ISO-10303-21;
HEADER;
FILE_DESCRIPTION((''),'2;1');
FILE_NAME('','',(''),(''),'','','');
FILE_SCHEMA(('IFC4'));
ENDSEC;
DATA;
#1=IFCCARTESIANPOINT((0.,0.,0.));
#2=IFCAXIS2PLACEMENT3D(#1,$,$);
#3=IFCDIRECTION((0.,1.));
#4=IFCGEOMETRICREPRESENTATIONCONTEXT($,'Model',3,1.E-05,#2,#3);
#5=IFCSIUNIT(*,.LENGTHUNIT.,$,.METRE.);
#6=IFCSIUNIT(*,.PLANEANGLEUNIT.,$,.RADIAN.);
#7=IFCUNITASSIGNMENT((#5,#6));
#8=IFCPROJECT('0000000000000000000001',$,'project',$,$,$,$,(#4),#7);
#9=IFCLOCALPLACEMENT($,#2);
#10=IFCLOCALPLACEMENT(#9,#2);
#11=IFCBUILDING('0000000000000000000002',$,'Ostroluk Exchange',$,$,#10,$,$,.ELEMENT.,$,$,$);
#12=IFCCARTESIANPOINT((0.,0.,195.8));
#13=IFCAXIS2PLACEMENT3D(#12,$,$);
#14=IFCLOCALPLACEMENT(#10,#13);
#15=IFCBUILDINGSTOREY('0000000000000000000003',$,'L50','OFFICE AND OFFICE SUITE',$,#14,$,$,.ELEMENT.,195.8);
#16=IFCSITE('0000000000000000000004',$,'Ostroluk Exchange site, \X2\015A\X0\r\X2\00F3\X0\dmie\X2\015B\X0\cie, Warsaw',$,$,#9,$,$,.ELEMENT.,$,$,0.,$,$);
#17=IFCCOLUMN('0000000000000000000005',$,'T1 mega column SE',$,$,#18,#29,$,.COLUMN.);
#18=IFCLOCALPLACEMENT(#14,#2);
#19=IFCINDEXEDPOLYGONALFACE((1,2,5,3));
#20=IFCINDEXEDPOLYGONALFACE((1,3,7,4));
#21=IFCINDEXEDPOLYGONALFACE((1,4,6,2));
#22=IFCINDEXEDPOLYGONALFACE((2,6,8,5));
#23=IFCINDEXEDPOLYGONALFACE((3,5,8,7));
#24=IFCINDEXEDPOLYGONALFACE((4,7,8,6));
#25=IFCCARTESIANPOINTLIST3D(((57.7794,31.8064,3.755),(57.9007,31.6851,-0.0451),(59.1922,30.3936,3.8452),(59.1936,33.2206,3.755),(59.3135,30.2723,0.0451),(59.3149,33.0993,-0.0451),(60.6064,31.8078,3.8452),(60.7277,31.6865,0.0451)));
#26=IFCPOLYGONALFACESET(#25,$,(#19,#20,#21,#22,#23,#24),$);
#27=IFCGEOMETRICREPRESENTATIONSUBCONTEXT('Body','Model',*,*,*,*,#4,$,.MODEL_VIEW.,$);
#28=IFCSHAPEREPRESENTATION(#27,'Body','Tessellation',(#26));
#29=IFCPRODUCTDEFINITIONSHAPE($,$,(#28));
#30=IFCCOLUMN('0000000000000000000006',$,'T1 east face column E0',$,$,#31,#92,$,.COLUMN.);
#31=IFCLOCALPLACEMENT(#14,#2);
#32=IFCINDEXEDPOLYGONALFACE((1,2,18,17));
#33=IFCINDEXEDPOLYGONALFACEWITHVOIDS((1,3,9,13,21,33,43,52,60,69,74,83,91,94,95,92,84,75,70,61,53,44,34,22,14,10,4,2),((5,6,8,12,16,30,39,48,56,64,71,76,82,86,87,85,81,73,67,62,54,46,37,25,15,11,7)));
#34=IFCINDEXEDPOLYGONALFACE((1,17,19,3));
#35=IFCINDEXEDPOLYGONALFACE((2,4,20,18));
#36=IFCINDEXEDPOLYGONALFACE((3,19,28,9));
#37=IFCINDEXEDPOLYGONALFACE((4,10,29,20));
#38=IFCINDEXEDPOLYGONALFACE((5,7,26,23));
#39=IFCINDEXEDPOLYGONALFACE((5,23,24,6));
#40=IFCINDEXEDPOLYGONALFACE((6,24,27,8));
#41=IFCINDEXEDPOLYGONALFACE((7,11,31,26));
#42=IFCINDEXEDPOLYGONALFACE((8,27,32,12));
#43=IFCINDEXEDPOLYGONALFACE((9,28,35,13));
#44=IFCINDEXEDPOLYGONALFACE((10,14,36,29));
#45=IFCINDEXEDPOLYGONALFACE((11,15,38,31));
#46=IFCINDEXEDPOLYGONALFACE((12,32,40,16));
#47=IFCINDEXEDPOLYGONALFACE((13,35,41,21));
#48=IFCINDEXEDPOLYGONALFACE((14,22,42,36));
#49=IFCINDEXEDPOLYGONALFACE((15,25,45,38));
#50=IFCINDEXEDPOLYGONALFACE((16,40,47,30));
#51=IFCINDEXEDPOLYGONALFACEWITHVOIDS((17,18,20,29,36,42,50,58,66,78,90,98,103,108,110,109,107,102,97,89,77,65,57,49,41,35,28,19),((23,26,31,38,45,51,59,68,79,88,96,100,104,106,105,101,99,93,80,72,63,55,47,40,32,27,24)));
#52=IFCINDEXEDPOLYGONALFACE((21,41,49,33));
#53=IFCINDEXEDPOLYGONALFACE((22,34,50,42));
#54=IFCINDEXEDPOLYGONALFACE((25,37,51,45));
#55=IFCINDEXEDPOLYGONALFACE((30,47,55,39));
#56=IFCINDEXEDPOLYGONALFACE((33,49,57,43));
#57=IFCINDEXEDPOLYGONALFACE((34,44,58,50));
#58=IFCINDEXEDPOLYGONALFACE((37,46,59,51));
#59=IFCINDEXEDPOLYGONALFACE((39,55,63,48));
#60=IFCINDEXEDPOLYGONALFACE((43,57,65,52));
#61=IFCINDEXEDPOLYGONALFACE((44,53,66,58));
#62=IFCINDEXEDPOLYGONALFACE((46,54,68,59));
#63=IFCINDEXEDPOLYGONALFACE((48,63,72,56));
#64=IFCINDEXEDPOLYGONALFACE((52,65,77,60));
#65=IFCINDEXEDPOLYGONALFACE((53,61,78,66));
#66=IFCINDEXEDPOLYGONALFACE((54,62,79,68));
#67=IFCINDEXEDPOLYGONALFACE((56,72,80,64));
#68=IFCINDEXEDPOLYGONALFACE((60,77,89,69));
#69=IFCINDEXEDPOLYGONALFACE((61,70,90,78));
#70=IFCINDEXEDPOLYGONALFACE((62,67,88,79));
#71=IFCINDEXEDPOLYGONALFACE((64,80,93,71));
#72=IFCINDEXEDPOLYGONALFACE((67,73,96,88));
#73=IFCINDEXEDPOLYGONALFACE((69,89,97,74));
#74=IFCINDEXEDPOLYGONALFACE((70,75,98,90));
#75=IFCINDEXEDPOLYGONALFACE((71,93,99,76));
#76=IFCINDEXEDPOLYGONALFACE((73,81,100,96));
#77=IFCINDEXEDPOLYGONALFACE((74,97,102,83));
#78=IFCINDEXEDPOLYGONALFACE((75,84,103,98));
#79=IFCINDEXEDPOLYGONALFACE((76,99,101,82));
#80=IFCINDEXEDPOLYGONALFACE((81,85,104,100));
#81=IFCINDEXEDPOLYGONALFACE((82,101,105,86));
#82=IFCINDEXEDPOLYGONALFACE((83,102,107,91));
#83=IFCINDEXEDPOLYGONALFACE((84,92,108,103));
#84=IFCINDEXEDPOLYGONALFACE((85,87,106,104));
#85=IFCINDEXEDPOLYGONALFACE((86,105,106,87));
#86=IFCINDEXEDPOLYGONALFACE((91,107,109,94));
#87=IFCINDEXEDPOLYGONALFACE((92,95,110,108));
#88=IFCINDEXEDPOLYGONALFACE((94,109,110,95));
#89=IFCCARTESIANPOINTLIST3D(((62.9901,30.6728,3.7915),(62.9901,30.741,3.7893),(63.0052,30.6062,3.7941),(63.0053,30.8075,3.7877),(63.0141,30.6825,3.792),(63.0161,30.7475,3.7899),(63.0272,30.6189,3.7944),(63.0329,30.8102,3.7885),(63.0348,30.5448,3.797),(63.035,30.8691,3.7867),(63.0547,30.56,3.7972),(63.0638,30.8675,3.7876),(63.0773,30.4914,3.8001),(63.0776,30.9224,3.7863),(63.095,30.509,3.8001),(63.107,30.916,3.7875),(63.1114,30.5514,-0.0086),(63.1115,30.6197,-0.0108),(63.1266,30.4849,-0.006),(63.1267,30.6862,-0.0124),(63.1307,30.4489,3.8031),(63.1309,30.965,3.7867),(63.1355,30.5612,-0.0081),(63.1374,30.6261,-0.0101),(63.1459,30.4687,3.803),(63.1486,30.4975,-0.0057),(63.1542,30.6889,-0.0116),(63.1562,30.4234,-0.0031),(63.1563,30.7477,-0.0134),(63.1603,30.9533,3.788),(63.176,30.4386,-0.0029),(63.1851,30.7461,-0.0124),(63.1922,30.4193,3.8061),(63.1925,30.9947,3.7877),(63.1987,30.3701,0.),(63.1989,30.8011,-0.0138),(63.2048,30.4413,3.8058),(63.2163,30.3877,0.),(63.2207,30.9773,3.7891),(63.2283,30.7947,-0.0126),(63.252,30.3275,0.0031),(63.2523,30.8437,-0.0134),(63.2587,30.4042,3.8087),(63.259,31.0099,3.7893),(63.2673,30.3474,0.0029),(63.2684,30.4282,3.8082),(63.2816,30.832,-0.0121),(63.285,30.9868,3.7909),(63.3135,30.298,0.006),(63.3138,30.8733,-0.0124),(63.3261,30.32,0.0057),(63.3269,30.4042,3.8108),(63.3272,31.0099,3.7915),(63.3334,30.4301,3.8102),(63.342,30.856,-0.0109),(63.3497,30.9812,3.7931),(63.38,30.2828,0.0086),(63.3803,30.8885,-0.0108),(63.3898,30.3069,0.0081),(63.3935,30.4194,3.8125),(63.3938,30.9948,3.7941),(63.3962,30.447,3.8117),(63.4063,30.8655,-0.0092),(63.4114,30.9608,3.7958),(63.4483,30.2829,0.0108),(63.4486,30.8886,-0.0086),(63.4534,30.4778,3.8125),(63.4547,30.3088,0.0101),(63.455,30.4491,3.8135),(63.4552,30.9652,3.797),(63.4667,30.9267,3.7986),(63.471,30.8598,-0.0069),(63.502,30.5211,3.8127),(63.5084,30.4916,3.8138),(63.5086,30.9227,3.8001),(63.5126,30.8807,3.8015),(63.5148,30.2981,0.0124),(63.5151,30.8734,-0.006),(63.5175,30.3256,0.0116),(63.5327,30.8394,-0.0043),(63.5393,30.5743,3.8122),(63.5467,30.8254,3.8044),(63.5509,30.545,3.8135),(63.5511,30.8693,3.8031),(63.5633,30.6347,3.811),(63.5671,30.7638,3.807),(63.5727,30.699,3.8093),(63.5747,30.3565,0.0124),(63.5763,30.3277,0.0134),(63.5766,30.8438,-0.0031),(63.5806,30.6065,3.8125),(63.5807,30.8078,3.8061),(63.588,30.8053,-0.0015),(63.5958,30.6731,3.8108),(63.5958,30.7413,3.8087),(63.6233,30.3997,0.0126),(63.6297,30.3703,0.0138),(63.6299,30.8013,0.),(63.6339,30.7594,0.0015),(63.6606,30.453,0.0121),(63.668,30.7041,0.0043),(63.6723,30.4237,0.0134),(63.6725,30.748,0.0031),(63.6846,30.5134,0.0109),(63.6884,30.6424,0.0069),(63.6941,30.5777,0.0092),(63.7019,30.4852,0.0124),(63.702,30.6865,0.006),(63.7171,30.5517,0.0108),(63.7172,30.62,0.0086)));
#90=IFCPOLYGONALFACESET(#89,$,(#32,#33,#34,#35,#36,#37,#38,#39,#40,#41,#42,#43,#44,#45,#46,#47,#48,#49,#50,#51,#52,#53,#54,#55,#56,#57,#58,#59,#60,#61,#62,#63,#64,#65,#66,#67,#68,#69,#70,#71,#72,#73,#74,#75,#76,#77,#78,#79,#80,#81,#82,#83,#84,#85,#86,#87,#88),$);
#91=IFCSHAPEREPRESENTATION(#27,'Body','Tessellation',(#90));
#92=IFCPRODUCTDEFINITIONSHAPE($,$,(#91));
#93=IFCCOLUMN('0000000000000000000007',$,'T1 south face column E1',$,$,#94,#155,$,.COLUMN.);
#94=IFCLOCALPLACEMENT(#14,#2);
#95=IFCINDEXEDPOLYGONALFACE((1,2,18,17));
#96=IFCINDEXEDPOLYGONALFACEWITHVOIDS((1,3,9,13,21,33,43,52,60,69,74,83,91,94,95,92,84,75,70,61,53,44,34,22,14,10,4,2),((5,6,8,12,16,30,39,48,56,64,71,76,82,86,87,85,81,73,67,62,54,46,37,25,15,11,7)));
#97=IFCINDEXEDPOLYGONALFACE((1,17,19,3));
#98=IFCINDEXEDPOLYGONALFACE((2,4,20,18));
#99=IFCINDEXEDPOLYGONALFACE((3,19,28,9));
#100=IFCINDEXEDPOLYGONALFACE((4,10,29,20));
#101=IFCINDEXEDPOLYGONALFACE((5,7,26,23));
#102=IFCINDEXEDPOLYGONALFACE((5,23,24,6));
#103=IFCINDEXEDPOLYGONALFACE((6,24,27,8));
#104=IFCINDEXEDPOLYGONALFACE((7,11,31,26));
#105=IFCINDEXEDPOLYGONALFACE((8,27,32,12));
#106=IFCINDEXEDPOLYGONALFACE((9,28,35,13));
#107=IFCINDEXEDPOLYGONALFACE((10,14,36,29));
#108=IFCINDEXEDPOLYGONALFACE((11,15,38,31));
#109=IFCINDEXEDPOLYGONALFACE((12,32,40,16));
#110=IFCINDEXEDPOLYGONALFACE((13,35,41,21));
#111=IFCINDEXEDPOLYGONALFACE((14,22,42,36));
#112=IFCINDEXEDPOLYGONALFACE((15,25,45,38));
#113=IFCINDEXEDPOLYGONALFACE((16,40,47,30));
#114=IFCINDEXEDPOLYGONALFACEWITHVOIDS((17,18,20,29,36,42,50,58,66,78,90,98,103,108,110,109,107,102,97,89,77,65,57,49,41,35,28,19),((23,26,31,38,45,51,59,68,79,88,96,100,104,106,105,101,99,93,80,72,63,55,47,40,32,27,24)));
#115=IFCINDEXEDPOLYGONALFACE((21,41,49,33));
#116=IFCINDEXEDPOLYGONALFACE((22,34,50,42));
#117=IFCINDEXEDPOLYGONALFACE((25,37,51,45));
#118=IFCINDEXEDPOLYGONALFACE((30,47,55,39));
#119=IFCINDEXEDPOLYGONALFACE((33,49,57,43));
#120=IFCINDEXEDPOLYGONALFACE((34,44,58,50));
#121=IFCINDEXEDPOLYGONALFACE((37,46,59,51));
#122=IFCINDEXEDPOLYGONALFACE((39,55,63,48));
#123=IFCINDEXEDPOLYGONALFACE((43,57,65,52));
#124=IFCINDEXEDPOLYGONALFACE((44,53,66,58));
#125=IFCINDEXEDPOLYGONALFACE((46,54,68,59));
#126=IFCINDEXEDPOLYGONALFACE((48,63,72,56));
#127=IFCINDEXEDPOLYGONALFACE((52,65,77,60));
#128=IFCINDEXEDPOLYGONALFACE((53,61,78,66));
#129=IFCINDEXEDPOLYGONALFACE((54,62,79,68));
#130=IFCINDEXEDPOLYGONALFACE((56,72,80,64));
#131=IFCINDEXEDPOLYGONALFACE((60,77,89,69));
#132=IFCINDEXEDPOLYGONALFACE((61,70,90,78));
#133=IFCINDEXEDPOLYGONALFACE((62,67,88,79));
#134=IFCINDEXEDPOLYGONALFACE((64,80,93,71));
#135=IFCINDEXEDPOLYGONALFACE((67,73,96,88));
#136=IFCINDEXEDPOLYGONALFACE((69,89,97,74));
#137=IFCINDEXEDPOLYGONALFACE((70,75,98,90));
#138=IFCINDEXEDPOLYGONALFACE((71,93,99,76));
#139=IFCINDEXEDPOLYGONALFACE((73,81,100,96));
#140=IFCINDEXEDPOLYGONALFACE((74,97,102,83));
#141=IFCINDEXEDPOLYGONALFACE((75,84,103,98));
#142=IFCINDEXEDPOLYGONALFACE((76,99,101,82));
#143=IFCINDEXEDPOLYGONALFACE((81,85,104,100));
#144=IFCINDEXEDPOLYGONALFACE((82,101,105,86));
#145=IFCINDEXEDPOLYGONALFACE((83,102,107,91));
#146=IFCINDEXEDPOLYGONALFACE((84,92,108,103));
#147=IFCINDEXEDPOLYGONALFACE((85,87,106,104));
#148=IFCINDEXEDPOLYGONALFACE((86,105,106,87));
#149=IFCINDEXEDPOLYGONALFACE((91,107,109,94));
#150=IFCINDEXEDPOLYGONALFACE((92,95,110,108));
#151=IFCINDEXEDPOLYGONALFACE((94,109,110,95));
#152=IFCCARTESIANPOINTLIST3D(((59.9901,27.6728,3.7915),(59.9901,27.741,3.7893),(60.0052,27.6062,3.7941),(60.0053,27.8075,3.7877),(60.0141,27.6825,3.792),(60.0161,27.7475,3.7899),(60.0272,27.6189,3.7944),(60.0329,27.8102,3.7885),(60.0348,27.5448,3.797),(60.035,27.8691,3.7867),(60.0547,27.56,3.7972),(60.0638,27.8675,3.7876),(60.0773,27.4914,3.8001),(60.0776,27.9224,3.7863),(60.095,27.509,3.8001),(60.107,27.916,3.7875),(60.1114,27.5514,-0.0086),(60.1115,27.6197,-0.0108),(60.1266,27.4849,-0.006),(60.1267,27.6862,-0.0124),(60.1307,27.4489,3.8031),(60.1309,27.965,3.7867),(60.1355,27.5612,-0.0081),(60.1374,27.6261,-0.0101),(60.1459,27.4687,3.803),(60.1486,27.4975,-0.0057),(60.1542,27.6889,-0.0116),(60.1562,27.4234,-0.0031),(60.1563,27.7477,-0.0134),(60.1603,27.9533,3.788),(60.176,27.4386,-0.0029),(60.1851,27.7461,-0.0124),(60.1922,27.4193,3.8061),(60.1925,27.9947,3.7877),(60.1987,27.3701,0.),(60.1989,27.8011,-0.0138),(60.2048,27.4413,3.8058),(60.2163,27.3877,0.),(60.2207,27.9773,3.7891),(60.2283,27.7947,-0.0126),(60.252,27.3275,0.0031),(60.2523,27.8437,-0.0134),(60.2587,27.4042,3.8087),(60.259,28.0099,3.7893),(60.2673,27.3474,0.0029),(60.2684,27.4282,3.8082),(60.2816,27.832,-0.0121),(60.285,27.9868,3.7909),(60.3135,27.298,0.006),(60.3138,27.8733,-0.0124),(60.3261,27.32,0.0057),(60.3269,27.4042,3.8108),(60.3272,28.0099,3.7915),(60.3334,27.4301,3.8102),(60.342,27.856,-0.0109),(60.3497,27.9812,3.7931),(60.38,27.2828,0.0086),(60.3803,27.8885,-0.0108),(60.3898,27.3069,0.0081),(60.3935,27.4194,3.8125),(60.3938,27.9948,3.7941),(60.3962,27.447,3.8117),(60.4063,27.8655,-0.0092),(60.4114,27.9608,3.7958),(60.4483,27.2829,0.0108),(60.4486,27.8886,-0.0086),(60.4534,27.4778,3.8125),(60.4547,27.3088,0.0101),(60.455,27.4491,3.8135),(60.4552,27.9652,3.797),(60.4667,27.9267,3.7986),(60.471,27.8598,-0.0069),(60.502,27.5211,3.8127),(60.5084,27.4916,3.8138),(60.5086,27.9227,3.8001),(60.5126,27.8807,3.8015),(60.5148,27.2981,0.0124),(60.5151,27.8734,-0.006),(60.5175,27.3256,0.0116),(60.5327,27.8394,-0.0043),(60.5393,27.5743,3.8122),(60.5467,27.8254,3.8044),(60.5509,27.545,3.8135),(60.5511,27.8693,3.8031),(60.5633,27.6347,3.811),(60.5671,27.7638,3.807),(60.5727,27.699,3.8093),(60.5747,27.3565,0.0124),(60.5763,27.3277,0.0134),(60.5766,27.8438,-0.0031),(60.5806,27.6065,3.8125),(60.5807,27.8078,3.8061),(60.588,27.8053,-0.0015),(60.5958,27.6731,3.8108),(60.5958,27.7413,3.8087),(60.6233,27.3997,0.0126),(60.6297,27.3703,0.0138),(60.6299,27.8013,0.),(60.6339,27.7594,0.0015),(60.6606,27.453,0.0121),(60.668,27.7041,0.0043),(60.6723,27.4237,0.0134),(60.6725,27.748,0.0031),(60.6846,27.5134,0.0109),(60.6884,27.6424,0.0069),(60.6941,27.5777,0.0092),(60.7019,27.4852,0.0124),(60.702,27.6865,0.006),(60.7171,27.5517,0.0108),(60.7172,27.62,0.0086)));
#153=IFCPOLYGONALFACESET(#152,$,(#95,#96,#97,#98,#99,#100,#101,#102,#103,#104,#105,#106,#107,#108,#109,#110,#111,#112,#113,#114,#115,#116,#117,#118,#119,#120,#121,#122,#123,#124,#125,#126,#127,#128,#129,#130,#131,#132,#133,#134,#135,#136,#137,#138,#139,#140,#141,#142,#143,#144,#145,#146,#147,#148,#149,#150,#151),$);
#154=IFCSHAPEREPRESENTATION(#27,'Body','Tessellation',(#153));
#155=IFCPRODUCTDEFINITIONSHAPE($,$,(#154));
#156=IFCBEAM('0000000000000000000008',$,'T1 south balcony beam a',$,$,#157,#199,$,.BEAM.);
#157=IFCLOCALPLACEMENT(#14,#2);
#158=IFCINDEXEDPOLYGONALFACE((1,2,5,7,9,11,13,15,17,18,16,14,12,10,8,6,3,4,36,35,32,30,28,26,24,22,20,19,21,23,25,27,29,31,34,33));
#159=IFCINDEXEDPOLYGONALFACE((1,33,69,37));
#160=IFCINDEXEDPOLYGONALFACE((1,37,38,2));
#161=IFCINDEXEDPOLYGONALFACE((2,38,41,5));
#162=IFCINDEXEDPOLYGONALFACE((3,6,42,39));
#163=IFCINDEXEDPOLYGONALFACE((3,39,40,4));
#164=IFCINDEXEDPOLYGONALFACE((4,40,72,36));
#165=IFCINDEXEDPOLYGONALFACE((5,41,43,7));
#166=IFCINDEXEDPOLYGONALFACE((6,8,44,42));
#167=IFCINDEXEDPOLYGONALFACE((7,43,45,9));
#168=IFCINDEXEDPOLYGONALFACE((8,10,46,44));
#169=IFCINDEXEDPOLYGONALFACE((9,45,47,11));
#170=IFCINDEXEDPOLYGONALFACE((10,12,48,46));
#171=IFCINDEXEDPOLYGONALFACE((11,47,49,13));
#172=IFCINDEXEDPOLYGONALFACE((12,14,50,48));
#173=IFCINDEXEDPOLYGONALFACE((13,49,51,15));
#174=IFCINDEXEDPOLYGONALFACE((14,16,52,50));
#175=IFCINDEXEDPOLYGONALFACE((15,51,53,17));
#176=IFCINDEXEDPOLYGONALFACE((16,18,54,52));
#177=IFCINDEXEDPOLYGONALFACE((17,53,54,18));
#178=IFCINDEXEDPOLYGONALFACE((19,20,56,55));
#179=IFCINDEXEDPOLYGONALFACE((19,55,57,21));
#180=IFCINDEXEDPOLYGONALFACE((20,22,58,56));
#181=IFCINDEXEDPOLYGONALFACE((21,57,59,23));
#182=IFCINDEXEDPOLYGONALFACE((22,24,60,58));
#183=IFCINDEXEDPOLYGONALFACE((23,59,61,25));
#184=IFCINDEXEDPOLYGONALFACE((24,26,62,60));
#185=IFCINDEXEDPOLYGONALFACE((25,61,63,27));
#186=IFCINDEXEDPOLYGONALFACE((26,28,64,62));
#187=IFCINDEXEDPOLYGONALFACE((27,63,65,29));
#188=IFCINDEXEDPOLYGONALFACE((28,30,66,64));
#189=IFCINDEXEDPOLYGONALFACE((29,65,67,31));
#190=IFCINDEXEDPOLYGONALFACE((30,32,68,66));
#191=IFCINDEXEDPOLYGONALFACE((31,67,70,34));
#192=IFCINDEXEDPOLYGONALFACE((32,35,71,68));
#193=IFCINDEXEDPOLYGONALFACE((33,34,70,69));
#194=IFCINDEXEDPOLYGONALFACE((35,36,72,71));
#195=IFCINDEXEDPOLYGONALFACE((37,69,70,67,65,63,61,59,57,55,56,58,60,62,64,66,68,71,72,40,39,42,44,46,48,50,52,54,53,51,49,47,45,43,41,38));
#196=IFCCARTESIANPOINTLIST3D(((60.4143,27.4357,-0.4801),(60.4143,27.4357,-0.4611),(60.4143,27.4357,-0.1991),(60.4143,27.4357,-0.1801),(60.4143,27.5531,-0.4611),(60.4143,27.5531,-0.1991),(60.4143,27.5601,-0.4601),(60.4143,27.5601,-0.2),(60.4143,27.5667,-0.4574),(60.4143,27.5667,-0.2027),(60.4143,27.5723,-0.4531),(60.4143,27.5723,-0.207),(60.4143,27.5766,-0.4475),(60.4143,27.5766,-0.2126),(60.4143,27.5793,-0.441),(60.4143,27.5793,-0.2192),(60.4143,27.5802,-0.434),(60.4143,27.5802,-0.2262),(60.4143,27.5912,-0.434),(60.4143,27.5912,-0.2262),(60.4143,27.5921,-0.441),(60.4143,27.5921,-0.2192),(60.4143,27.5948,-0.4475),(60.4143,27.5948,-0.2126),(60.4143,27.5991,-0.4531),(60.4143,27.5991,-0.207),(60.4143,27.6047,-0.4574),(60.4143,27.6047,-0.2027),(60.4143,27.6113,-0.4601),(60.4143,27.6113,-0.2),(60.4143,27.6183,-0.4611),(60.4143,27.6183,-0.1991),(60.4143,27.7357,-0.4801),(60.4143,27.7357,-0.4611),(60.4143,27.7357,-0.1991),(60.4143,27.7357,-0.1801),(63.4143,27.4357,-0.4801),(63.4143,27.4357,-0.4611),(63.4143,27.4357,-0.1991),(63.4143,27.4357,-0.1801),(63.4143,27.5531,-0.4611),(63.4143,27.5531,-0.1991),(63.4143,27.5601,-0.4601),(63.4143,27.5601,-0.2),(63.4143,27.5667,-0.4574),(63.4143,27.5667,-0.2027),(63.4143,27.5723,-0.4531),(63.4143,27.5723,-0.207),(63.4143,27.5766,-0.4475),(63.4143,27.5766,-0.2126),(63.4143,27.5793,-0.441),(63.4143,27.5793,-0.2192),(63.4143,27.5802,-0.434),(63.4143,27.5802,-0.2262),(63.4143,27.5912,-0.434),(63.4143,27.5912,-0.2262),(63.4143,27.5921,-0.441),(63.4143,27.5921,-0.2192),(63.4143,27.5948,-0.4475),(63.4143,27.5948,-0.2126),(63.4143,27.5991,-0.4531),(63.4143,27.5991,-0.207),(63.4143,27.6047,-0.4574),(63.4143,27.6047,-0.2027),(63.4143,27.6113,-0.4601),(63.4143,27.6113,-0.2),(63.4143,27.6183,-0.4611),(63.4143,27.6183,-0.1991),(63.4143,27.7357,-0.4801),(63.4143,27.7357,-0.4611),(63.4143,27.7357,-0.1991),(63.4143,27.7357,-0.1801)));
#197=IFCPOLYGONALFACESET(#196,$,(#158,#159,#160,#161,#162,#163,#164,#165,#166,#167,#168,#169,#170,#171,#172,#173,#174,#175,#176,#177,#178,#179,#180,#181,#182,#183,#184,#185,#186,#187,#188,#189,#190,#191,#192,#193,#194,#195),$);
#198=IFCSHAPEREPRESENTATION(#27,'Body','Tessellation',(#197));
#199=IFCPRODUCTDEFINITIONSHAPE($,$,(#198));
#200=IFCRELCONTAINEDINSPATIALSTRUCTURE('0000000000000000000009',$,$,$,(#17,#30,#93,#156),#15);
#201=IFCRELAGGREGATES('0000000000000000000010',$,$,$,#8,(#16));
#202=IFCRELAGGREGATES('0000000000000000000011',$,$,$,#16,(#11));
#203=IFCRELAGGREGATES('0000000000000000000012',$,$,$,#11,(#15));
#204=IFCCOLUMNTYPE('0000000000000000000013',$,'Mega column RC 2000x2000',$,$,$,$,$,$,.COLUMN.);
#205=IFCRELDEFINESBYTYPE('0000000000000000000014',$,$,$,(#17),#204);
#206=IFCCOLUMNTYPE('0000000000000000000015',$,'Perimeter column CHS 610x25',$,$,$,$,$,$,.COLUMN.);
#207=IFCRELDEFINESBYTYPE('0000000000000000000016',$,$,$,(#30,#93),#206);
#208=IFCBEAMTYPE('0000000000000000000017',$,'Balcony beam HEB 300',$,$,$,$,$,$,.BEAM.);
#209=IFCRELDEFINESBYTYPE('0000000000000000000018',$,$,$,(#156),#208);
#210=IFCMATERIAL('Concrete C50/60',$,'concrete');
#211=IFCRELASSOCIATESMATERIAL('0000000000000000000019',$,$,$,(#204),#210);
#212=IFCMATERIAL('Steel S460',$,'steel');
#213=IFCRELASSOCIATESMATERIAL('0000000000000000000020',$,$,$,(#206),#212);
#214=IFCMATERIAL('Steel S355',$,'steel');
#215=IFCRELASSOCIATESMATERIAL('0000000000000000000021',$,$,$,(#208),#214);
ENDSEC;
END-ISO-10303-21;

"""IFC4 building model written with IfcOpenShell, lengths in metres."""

from ifc_helpers import new_model, si_unit, direction, frame, origin, origin_2d, place, context, subcontext, project, spatial, rectangle, hollow_circle, i_section, extrude, material, material_profile, profile_set, type_object, element, save


model = new_model("IFC4")

# Units and contexts
model_context = context("Model", 3, precision=1e-05, world=origin(), true_north=direction((0.0, 1.0)))
body_context = subcontext(model_context, "Body", "Model", "MODEL_VIEW")
ifc_project = project(units=[si_unit("LENGTHUNIT", "METRE"), si_unit("PLANEANGLEUNIT", "RADIAN")], contexts=[model_context])

# Site, building, storey
site_placement = place(None, origin())
site = spatial("IfcSite", under=ifc_project, at=site_placement, Name="Ostroluk Exchange site, Śródmieście, Warsaw", CompositionType="ELEMENT", RefElevation=0.0)
building_placement = place(site_placement, origin())
building = spatial("IfcBuilding", under=site, at=building_placement, Name="Ostroluk Exchange", CompositionType="ELEMENT")
storey_placement = place(building_placement, frame((0.0, 0.0, 195.8)))
storey = spatial("IfcBuildingStorey", under=building, at=storey_placement, Name="L50", Description="OFFICE AND OFFICE SUITE", CompositionType="ELEMENT", Elevation=195.8)

# Columns
ifc_material_1 = material(Name="Concrete C50/60", Category="concrete")
ifc_material_profile_1 = material_profile(ifc_material_1, rectangle(XDim=2.0, YDim=2.0, at=origin_2d()), Name="RC 2000x2000")
ifc_profile_set_1 = profile_set([ifc_material_profile_1], Name="Concrete C50/60")
column_type_1 = type_object("IfcColumnType", Name="Mega column RC 2000x2000", PredefinedType="COLUMN", material=ifc_profile_set_1)
column_placement = place(storey_placement, frame((59.3142, 31.6858, 0.0), z_axis=(-0.031898, 0.031898, 0.998982), x_axis=(-0.707107, -0.707107, 0.0)))
element("IfcColumn", 1, at=column_placement, inside=storey, type_object=column_type_1, Name="T1 mega column SE", PredefinedType="COLUMN", context=body_context, shape_type="SweptSolid", body=[
    extrude(rectangle(XDim=2.0, YDim=2.0, at=origin_2d()), origin(), (0.0, 0.0, 1.0), 3.804),
])
ifc_material_2 = material(Name="Steel S460", Category="steel")
ifc_material_profile_2 = material_profile(ifc_material_2, hollow_circle(Radius=0.3049, WallThickness=0.0249, at=origin_2d()), Name="CHS 610x25")
ifc_profile_set_2 = profile_set([ifc_material_profile_2], Name="Steel S460")
column_type_2 = type_object("IfcColumnType", Name="Perimeter column CHS 610x25", PredefinedType="COLUMN", material=ifc_profile_set_2)
for number, where, z_axis, x_axis, name in (
    (2, (63.4143, 30.5857, 0.0), (-0.031898, 0.031898, 0.998982), (-0.707107, -0.707107, 0.0), "T1 east face column E0"),
    (3, (60.4143, 27.5857, 0.0), (-0.031898, 0.031898, 0.998982), (-0.707107, -0.707107, 0.0), "T1 south face column E1"),
):
    element("IfcColumn", number, at=place(storey_placement, frame(where, z_axis=z_axis, x_axis=x_axis)), inside=storey, type_object=column_type_2, Name=name, PredefinedType="COLUMN", context=body_context, shape_type="SweptSolid", body=[
        extrude(hollow_circle(Radius=0.3049, WallThickness=0.0249, at=origin_2d()), origin(), (0.0, 0.0, 1.0), 3.804),
    ])

# Beam
ifc_material_3 = material(Name="Steel S355", Category="steel")
ifc_material_profile_3 = material_profile(ifc_material_3, i_section(OverallWidth=0.3, OverallDepth=0.3, WebThickness=0.011, FlangeThickness=0.019, FilletRadius=0.0271, at=origin_2d()), Name="HEB 300")
ifc_profile_set_3 = profile_set([ifc_material_profile_3], Name="Steel S355")
beam_type_1 = type_object("IfcBeamType", Name="Balcony beam HEB 300", PredefinedType="BEAM", material=ifc_profile_set_3)
for number, where, z_axis, x_axis, name in (
    (4, (60.4143, 27.5857, -0.3301), (1.0, 0.0, 0.0), (0.0, 1.0, 0.0), "T1 south balcony beam a"),
):
    element("IfcBeam", number, at=place(storey_placement, frame(where, z_axis=z_axis, x_axis=x_axis)), inside=storey, type_object=beam_type_1, Name=name, PredefinedType="BEAM", context=body_context, shape_type="SweptSolid", body=[
        extrude(i_section(OverallWidth=0.3, OverallDepth=0.3, WebThickness=0.011, FlangeThickness=0.019, FilletRadius=0.0271, at=origin_2d()), origin(), (0.0, 0.0, 1.0), 3.0),
    ])

save(model, "model.ifc")
